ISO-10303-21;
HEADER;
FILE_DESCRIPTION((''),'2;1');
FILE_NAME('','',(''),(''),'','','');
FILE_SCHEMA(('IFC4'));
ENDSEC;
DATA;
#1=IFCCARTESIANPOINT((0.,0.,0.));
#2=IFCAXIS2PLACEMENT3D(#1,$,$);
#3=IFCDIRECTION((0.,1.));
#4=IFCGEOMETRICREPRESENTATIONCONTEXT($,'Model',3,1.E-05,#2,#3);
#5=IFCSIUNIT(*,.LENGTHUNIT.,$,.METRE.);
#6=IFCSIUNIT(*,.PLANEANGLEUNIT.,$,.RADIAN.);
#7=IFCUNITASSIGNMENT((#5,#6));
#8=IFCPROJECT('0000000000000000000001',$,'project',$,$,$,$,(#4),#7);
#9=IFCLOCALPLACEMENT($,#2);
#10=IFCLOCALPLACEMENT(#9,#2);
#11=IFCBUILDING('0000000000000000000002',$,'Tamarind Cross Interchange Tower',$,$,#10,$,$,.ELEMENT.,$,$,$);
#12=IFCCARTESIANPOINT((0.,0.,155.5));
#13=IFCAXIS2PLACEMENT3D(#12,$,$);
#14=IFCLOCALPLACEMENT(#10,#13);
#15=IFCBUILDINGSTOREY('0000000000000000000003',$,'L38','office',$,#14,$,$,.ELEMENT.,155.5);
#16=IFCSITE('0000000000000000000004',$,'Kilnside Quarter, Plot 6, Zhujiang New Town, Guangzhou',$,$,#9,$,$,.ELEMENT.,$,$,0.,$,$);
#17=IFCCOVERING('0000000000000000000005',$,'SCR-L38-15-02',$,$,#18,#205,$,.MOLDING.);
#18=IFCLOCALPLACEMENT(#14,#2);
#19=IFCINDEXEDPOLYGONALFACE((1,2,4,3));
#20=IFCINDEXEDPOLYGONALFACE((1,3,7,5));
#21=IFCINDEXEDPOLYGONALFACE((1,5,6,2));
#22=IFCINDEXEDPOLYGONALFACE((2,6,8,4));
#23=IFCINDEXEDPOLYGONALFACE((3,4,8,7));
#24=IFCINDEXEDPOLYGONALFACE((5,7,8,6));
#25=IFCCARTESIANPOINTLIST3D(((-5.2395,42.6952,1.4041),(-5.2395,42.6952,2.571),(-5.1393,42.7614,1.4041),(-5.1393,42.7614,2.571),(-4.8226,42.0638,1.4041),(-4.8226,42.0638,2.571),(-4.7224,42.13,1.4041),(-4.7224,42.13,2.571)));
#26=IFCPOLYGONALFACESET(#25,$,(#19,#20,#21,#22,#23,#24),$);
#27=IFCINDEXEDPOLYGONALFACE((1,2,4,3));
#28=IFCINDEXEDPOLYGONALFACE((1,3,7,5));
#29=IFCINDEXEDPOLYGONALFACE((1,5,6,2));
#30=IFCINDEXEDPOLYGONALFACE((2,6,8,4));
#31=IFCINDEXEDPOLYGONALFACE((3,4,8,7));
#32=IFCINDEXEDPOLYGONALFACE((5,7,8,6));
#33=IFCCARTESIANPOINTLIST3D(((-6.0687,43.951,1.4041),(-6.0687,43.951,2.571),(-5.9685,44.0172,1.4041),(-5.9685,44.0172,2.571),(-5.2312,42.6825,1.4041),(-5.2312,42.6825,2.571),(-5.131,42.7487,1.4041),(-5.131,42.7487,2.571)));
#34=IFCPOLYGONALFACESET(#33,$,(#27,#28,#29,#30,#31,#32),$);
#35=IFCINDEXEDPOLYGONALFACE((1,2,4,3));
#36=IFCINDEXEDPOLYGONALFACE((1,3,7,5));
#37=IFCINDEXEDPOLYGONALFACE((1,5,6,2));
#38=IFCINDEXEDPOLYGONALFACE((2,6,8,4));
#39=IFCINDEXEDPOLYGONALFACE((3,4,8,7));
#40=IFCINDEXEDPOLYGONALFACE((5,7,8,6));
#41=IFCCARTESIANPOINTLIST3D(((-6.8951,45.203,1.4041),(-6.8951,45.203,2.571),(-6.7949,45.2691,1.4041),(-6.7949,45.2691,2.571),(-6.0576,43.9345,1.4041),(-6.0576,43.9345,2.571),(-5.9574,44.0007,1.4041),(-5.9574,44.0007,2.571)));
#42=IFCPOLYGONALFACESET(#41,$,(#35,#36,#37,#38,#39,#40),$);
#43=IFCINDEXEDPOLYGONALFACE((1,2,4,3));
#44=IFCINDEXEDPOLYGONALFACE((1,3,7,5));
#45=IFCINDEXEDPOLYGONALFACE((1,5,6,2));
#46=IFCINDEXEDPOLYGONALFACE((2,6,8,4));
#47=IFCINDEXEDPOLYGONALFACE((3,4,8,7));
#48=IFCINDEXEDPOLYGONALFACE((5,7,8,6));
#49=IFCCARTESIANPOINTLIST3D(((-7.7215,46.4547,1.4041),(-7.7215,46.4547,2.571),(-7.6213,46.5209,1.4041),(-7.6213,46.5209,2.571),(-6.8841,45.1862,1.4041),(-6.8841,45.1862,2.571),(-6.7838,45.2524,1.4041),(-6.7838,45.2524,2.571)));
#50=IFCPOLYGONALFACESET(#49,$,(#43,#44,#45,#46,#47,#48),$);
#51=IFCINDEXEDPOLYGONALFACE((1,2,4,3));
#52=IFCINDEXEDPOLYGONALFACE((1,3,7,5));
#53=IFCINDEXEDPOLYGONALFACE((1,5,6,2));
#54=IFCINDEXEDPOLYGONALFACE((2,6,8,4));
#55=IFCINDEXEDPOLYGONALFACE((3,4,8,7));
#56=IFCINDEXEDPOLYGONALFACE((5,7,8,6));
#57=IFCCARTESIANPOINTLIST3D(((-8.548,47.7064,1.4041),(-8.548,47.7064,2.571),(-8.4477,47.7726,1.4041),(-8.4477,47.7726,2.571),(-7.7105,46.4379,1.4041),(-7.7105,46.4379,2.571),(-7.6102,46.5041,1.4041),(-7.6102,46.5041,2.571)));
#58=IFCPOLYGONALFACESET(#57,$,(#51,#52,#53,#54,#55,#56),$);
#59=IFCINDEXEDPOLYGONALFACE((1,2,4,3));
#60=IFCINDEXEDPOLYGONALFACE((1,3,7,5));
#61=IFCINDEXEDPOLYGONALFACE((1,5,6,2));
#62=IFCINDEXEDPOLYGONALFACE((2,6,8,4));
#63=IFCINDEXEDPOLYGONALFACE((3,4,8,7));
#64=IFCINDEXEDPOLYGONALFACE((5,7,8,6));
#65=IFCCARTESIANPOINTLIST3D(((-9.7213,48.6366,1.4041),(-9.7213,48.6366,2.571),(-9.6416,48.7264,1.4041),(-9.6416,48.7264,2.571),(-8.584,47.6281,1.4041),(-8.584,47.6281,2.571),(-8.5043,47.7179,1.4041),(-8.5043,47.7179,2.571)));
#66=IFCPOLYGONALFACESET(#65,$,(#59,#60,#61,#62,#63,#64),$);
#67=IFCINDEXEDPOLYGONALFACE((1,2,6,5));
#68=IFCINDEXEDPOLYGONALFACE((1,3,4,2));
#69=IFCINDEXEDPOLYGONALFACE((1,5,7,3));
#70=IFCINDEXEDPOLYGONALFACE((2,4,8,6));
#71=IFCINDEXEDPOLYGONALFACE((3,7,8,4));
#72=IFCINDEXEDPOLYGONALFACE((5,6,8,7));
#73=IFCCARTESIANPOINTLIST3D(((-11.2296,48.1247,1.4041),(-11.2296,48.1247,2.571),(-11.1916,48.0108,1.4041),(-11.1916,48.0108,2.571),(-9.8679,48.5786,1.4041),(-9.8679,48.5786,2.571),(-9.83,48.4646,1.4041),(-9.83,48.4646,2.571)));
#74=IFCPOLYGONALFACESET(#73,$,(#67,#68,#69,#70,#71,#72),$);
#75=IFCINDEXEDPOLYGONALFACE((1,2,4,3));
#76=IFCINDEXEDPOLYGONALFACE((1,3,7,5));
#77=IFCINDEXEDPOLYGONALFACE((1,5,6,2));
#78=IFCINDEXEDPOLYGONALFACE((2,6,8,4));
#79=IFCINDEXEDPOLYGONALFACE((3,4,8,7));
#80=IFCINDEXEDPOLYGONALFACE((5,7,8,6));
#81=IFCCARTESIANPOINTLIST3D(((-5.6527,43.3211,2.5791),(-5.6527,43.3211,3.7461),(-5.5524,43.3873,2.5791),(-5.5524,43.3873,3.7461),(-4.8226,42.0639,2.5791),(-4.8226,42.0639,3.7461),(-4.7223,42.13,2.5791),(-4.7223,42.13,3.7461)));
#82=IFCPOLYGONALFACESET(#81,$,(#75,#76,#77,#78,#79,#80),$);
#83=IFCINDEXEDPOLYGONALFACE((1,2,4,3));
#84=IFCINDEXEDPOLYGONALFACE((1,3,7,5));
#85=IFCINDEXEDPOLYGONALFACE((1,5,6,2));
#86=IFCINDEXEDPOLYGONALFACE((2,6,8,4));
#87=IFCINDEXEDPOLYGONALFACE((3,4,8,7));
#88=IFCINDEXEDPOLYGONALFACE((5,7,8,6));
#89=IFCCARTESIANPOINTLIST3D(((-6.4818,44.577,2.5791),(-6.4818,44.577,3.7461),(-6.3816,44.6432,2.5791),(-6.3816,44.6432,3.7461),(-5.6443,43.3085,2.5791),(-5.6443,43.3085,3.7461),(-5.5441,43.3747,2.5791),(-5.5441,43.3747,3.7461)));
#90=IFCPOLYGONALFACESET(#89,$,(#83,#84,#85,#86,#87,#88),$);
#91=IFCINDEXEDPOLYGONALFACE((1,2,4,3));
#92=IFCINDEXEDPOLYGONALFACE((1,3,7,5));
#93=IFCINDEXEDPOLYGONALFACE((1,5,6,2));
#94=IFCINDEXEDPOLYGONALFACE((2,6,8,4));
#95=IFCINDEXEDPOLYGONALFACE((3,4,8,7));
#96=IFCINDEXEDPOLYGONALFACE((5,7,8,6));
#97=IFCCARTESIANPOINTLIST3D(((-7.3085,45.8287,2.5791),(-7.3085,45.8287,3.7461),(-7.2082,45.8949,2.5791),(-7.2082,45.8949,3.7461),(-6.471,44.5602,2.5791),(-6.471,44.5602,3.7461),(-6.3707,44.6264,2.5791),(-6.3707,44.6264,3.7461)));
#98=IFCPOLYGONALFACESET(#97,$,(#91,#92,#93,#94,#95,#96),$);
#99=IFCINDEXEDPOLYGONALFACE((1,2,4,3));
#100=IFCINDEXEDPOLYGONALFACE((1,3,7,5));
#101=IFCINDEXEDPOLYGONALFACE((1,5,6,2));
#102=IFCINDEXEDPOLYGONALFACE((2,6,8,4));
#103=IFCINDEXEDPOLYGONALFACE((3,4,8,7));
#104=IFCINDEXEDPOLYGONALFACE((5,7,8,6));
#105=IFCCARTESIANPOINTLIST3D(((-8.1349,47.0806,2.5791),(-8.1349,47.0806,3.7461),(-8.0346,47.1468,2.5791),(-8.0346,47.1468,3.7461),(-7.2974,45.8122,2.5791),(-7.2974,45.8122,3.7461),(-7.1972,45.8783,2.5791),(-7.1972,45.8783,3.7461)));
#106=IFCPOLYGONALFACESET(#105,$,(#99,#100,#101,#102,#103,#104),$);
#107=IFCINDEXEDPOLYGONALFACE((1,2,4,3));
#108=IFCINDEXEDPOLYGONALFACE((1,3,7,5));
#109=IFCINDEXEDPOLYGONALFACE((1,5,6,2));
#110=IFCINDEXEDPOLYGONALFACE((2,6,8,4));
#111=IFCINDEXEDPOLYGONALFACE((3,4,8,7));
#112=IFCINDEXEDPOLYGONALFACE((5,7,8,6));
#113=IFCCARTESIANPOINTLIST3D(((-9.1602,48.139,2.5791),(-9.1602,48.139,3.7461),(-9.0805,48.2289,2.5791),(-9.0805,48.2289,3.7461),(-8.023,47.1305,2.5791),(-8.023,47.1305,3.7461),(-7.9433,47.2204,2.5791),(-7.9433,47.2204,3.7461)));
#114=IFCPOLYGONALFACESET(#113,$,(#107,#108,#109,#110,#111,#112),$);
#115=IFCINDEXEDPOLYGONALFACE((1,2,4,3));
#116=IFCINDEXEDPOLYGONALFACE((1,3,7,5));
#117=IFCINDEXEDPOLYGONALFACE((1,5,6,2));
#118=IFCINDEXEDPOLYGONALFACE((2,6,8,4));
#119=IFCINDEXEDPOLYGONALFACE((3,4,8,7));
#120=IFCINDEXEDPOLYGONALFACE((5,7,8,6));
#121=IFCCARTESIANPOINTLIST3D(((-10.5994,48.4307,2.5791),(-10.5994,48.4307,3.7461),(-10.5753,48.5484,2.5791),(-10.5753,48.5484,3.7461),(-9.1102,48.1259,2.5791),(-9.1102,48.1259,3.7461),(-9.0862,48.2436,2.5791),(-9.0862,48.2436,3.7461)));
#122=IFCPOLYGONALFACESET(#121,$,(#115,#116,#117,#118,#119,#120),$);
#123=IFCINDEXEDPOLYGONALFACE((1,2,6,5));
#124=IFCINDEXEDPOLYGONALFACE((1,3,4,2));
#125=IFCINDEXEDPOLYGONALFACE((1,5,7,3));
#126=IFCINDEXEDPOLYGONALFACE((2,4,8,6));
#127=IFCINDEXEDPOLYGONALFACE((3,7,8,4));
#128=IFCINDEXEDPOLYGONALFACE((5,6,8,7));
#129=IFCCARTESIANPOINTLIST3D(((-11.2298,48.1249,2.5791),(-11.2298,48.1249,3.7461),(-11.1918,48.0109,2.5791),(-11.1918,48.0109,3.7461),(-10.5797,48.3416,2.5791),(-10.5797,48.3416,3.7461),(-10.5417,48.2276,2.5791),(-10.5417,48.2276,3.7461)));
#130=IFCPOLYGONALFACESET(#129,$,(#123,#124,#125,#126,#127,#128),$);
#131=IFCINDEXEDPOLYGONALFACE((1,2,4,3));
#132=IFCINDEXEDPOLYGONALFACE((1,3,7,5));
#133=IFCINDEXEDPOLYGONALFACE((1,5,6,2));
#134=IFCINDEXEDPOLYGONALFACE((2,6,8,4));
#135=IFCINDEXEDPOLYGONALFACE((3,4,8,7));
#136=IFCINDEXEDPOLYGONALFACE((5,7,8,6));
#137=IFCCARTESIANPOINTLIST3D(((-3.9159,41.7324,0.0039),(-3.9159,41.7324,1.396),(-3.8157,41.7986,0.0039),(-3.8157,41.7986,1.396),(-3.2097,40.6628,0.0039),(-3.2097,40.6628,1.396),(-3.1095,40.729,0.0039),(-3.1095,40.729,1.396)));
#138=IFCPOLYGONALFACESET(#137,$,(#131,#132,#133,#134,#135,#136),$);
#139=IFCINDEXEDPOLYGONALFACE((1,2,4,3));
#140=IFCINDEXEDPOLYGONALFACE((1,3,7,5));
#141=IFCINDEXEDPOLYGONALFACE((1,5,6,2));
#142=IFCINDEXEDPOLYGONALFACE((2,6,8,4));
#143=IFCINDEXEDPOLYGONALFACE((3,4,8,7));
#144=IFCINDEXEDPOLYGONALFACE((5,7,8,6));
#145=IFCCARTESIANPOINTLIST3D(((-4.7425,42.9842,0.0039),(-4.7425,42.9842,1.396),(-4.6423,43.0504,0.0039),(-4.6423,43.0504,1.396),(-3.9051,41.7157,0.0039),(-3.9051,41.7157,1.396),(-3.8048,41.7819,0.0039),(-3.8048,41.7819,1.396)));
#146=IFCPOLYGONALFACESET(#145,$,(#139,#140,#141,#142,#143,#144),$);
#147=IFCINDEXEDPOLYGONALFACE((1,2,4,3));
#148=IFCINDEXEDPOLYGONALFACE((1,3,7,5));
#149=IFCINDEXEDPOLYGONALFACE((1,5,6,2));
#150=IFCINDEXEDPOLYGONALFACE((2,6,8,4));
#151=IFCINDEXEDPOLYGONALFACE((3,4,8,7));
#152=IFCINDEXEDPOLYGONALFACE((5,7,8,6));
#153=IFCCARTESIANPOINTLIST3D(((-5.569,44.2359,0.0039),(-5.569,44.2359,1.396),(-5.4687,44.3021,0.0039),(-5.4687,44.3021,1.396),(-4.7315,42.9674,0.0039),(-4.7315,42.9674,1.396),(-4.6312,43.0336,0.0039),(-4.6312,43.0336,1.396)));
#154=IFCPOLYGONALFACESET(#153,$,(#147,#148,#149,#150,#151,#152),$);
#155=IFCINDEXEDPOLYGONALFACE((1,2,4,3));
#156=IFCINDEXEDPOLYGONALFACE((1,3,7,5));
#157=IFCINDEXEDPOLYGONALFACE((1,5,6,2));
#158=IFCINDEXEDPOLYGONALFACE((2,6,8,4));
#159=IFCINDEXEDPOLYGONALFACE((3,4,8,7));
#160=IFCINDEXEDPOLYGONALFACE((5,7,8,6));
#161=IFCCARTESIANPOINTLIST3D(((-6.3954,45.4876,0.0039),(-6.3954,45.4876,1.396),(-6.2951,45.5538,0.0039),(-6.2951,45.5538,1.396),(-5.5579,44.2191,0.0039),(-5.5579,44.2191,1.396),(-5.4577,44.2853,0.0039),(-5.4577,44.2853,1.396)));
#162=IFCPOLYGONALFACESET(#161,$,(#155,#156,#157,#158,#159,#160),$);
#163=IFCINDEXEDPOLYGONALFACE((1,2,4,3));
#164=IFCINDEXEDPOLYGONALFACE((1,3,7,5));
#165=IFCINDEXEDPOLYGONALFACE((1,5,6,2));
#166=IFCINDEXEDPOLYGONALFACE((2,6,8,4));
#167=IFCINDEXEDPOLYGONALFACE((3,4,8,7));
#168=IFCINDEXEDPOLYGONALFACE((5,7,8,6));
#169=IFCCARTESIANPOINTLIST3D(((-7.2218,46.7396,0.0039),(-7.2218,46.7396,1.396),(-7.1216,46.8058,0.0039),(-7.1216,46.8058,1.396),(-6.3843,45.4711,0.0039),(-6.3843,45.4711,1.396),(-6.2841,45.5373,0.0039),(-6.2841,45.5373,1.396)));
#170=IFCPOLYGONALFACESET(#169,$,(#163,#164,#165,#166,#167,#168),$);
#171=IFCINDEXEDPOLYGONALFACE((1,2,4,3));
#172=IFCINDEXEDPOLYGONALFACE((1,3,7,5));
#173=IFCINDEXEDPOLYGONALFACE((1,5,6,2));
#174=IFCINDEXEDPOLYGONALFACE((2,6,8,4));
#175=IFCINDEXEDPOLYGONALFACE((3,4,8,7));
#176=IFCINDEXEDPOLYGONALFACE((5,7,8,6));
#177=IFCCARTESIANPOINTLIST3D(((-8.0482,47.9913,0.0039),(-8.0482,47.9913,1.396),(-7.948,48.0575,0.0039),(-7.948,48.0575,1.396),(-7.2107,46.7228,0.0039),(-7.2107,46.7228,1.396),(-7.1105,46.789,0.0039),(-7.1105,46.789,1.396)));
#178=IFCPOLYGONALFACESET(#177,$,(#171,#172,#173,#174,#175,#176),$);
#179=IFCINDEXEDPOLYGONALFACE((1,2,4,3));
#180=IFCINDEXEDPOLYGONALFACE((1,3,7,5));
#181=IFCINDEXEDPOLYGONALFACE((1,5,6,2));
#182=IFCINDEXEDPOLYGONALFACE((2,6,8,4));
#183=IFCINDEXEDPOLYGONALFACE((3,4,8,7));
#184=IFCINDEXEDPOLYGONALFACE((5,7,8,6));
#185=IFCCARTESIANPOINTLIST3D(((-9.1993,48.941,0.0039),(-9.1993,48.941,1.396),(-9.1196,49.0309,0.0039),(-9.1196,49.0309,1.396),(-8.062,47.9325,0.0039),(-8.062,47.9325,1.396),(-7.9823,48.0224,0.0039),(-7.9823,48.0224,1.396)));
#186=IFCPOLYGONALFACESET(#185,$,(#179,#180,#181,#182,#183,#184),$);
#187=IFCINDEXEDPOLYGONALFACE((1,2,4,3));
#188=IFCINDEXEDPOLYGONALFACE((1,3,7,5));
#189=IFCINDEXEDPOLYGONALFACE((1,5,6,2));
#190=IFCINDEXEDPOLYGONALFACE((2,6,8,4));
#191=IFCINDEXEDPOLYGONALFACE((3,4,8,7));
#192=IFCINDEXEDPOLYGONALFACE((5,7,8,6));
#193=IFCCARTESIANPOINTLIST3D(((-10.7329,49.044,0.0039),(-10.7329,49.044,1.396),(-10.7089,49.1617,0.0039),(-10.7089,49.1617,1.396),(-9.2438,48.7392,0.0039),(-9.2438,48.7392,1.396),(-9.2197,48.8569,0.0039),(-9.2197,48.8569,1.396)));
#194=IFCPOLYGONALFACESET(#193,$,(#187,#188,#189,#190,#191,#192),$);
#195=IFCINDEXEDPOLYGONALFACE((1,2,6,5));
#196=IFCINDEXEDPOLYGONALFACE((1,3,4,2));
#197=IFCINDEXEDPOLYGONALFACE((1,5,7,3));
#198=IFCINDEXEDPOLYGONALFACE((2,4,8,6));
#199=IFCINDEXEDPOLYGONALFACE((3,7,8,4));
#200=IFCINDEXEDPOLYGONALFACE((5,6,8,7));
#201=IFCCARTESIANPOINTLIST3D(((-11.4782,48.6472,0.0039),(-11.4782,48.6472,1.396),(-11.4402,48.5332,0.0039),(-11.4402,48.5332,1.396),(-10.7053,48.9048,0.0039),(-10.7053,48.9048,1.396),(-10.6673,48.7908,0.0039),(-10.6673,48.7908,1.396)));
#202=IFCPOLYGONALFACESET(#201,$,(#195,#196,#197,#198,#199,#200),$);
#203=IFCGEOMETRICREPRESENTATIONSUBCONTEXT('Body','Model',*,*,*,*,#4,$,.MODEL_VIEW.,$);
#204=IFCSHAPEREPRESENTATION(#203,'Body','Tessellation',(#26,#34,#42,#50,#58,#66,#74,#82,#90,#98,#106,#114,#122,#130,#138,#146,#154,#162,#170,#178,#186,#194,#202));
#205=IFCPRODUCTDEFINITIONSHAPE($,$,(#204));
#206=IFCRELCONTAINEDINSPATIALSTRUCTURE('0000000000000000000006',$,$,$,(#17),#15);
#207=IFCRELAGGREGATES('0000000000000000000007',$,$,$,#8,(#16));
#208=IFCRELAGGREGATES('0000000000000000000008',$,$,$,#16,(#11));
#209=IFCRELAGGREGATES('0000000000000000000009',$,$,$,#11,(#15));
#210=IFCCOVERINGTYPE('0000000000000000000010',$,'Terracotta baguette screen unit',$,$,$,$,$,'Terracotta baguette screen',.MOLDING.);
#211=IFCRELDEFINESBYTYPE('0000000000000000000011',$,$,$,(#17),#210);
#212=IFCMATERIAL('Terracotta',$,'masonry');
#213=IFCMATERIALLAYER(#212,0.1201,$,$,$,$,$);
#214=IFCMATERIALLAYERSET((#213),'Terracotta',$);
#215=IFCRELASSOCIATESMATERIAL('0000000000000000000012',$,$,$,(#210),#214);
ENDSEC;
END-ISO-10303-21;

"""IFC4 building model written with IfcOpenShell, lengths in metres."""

from ifc_helpers import new_model, si_unit, direction, frame, origin, origin_2d, place, context, subcontext, project, spatial, rectangle, extrude, material, layer, layer_set, type_object, element, save


model = new_model("IFC4")

# Units and contexts
model_context = context("Model", 3, precision=1e-05, world=origin(), true_north=direction((0.0, 1.0)))
body_context = subcontext(model_context, "Body", "Model", "MODEL_VIEW")
ifc_project = project(units=[si_unit("LENGTHUNIT", "METRE"), si_unit("PLANEANGLEUNIT", "RADIAN")], contexts=[model_context])

# Site, building, storey
site_placement = place(None, origin())
site = spatial("IfcSite", under=ifc_project, at=site_placement, Name="Kilnside Quarter, Plot 6, Zhujiang New Town, Guangzhou", CompositionType="ELEMENT", RefElevation=0.0)
building_placement = place(site_placement, origin())
building = spatial("IfcBuilding", under=site, at=building_placement, Name="Tamarind Cross Interchange Tower", CompositionType="ELEMENT")
storey_placement = place(building_placement, frame((0.0, 0.0, 155.5)))
storey = spatial("IfcBuildingStorey", under=building, at=storey_placement, Name="L38", Description="office", CompositionType="ELEMENT", Elevation=155.5)

# Covering
ifc_material_1 = material(Name="Terracotta", Category="masonry")
ifc_layer_1 = layer(ifc_material_1, 0.1201)
ifc_layer_set_1 = layer_set([ifc_layer_1], Name="Terracotta")
covering_type = type_object("IfcCoveringType", Name="Terracotta baguette screen unit", ElementType="Terracotta baguette screen", PredefinedType="MOLDING", material=ifc_layer_set_1)
covering_1_placement = place(storey_placement, origin())
element("IfcCovering", 1, at=covering_1_placement, inside=storey, type_object=covering_type, Name="SCR-L38-15-02", PredefinedType="MOLDING", context=body_context, shape_type="SweptSolid", body=[
    extrude(rectangle(XDim=0.7566, YDim=0.1201, at=origin_2d()), frame((-4.981, 42.4126, 1.4041), z_axis=(0.0, 0.0, 1.0), x_axis=(-0.55097, 0.834525, 0.0)), (0.0, 0.0, 1.0), 1.167),
    extrude(rectangle(XDim=1.52, YDim=0.1201, at=origin_2d()), frame((-5.5999, 43.3499, 1.4041), z_axis=(0.0, 0.0, 1.0), x_axis=(-0.55097, 0.834525, 0.0)), (0.0, 0.0, 1.0), 1.167),
    extrude(rectangle(XDim=1.52, YDim=0.1201, at=origin_2d()), frame((-6.4263, 44.6018, 1.4041), z_axis=(0.0, 0.0, 1.0), x_axis=(-0.55097, 0.834525, 0.0)), (0.0, 0.0, 1.0), 1.167),
    extrude(rectangle(XDim=1.52, YDim=0.1201, at=origin_2d()), frame((-7.2527, 45.8535, 1.4041), z_axis=(0.0, 0.0, 1.0), x_axis=(-0.55097, 0.834525, 0.0)), (0.0, 0.0, 1.0), 1.167),
    extrude(rectangle(XDim=1.52, YDim=0.1201, at=origin_2d()), frame((-8.0791, 47.1052, 1.4041), z_axis=(0.0, 0.0, 1.0), x_axis=(-0.55097, 0.834525, 0.0)), (0.0, 0.0, 1.0), 1.167),
    extrude(rectangle(XDim=1.52, YDim=0.1201, at=origin_2d()), frame((-9.1128, 48.1772, 1.4041), z_axis=(0.0, 0.0, 1.0), x_axis=(-0.748187, 0.663488, 0.0)), (0.0, 0.0, 1.0), 1.167),
    extrude(rectangle(XDim=1.4353, YDim=0.1201, at=origin_2d()), frame((-10.5298, 48.2947, 1.4041), z_axis=(0.0, 0.0, 1.0), x_axis=(-0.948691, -0.316205, 0.0)), (0.0, 0.0, 1.0), 1.167),
    extrude(rectangle(XDim=1.5066, YDim=0.1201, at=origin_2d()), frame((-5.1875, 42.7256, 2.5791), z_axis=(0.0, 0.0, 1.0), x_axis=(-0.55097, 0.834525, 0.0)), (0.0, 0.0, 1.0), 1.167),
    extrude(rectangle(XDim=1.52, YDim=0.1201, at=origin_2d()), frame((-6.0129, 43.9758, 2.5791), z_axis=(0.0, 0.0, 1.0), x_axis=(-0.55097, 0.834525, 0.0)), (0.0, 0.0, 1.0), 1.167),
    extrude(rectangle(XDim=1.52, YDim=0.1201, at=origin_2d()), frame((-6.8396, 45.2275, 2.5791), z_axis=(0.0, 0.0, 1.0), x_axis=(-0.55097, 0.834525, 0.0)), (0.0, 0.0, 1.0), 1.167),
    extrude(rectangle(XDim=1.52, YDim=0.1201, at=origin_2d()), frame((-7.666, 46.4795, 2.5791), z_axis=(0.0, 0.0, 1.0), x_axis=(-0.55097, 0.834525, 0.0)), (0.0, 0.0, 1.0), 1.167),
    extrude(rectangle(XDim=1.52, YDim=0.1201, at=origin_2d()), frame((-8.5518, 47.6797, 2.5791), z_axis=(0.0, 0.0, 1.0), x_axis=(-0.748187, 0.663488, 0.0)), (0.0, 0.0, 1.0), 1.167),
    extrude(rectangle(XDim=1.52, YDim=0.1201, at=origin_2d()), frame((-9.8428, 48.3372, 2.5791), z_axis=(0.0, 0.0, 1.0), x_axis=(-0.979693, 0.200503, 0.0)), (0.0, 0.0, 1.0), 1.167),
    extrude(rectangle(XDim=0.6853, YDim=0.1201, at=origin_2d()), frame((-10.8857, 48.1763, 2.5791), z_axis=(0.0, 0.0, 1.0), x_axis=(-0.948691, -0.316205, 0.0)), (0.0, 0.0, 1.0), 1.167),
    extrude(rectangle(XDim=1.2817, YDim=0.1201, at=origin_2d()), frame((-3.5127, 41.2307, 0.0039), z_axis=(0.0, 0.0, 1.0), x_axis=(-0.55097, 0.834525, 0.0)), (0.0, 0.0, 1.0), 1.3921),
    extrude(rectangle(XDim=1.52, YDim=0.1201, at=origin_2d()), frame((-4.2737, 42.3831, 0.0039), z_axis=(0.0, 0.0, 1.0), x_axis=(-0.55097, 0.834525, 0.0)), (0.0, 0.0, 1.0), 1.3921),
    extrude(rectangle(XDim=1.52, YDim=0.1201, at=origin_2d()), frame((-5.1001, 43.6348, 0.0039), z_axis=(0.0, 0.0, 1.0), x_axis=(-0.55097, 0.834525, 0.0)), (0.0, 0.0, 1.0), 1.3921),
    extrude(rectangle(XDim=1.52, YDim=0.1201, at=origin_2d()), frame((-5.9265, 44.8865, 0.0039), z_axis=(0.0, 0.0, 1.0), x_axis=(-0.55097, 0.834525, 0.0)), (0.0, 0.0, 1.0), 1.3921),
    extrude(rectangle(XDim=1.52, YDim=0.1201, at=origin_2d()), frame((-6.7529, 46.1384, 0.0039), z_axis=(0.0, 0.0, 1.0), x_axis=(-0.55097, 0.834525, 0.0)), (0.0, 0.0, 1.0), 1.3921),
    extrude(rectangle(XDim=1.52, YDim=0.1201, at=origin_2d()), frame((-7.5793, 47.3901, 0.0039), z_axis=(0.0, 0.0, 1.0), x_axis=(-0.55097, 0.834525, 0.0)), (0.0, 0.0, 1.0), 1.3921),
    extrude(rectangle(XDim=1.52, YDim=0.1201, at=origin_2d()), frame((-8.5908, 48.4817, 0.0039), z_axis=(0.0, 0.0, 1.0), x_axis=(-0.748187, 0.663488, 0.0)), (0.0, 0.0, 1.0), 1.3921),
    extrude(rectangle(XDim=1.52, YDim=0.1201, at=origin_2d()), frame((-9.9763, 48.9504, 0.0039), z_axis=(0.0, 0.0, 1.0), x_axis=(-0.979693, 0.200503, 0.0)), (0.0, 0.0, 1.0), 1.3921),
    extrude(rectangle(XDim=0.8147, YDim=0.1201, at=origin_2d()), frame((-11.0728, 48.719, 0.0039), z_axis=(0.0, 0.0, 1.0), x_axis=(-0.948691, -0.316205, 0.0)), (0.0, 0.0, 1.0), 1.3921),
])

save(model, "model.ifc")
